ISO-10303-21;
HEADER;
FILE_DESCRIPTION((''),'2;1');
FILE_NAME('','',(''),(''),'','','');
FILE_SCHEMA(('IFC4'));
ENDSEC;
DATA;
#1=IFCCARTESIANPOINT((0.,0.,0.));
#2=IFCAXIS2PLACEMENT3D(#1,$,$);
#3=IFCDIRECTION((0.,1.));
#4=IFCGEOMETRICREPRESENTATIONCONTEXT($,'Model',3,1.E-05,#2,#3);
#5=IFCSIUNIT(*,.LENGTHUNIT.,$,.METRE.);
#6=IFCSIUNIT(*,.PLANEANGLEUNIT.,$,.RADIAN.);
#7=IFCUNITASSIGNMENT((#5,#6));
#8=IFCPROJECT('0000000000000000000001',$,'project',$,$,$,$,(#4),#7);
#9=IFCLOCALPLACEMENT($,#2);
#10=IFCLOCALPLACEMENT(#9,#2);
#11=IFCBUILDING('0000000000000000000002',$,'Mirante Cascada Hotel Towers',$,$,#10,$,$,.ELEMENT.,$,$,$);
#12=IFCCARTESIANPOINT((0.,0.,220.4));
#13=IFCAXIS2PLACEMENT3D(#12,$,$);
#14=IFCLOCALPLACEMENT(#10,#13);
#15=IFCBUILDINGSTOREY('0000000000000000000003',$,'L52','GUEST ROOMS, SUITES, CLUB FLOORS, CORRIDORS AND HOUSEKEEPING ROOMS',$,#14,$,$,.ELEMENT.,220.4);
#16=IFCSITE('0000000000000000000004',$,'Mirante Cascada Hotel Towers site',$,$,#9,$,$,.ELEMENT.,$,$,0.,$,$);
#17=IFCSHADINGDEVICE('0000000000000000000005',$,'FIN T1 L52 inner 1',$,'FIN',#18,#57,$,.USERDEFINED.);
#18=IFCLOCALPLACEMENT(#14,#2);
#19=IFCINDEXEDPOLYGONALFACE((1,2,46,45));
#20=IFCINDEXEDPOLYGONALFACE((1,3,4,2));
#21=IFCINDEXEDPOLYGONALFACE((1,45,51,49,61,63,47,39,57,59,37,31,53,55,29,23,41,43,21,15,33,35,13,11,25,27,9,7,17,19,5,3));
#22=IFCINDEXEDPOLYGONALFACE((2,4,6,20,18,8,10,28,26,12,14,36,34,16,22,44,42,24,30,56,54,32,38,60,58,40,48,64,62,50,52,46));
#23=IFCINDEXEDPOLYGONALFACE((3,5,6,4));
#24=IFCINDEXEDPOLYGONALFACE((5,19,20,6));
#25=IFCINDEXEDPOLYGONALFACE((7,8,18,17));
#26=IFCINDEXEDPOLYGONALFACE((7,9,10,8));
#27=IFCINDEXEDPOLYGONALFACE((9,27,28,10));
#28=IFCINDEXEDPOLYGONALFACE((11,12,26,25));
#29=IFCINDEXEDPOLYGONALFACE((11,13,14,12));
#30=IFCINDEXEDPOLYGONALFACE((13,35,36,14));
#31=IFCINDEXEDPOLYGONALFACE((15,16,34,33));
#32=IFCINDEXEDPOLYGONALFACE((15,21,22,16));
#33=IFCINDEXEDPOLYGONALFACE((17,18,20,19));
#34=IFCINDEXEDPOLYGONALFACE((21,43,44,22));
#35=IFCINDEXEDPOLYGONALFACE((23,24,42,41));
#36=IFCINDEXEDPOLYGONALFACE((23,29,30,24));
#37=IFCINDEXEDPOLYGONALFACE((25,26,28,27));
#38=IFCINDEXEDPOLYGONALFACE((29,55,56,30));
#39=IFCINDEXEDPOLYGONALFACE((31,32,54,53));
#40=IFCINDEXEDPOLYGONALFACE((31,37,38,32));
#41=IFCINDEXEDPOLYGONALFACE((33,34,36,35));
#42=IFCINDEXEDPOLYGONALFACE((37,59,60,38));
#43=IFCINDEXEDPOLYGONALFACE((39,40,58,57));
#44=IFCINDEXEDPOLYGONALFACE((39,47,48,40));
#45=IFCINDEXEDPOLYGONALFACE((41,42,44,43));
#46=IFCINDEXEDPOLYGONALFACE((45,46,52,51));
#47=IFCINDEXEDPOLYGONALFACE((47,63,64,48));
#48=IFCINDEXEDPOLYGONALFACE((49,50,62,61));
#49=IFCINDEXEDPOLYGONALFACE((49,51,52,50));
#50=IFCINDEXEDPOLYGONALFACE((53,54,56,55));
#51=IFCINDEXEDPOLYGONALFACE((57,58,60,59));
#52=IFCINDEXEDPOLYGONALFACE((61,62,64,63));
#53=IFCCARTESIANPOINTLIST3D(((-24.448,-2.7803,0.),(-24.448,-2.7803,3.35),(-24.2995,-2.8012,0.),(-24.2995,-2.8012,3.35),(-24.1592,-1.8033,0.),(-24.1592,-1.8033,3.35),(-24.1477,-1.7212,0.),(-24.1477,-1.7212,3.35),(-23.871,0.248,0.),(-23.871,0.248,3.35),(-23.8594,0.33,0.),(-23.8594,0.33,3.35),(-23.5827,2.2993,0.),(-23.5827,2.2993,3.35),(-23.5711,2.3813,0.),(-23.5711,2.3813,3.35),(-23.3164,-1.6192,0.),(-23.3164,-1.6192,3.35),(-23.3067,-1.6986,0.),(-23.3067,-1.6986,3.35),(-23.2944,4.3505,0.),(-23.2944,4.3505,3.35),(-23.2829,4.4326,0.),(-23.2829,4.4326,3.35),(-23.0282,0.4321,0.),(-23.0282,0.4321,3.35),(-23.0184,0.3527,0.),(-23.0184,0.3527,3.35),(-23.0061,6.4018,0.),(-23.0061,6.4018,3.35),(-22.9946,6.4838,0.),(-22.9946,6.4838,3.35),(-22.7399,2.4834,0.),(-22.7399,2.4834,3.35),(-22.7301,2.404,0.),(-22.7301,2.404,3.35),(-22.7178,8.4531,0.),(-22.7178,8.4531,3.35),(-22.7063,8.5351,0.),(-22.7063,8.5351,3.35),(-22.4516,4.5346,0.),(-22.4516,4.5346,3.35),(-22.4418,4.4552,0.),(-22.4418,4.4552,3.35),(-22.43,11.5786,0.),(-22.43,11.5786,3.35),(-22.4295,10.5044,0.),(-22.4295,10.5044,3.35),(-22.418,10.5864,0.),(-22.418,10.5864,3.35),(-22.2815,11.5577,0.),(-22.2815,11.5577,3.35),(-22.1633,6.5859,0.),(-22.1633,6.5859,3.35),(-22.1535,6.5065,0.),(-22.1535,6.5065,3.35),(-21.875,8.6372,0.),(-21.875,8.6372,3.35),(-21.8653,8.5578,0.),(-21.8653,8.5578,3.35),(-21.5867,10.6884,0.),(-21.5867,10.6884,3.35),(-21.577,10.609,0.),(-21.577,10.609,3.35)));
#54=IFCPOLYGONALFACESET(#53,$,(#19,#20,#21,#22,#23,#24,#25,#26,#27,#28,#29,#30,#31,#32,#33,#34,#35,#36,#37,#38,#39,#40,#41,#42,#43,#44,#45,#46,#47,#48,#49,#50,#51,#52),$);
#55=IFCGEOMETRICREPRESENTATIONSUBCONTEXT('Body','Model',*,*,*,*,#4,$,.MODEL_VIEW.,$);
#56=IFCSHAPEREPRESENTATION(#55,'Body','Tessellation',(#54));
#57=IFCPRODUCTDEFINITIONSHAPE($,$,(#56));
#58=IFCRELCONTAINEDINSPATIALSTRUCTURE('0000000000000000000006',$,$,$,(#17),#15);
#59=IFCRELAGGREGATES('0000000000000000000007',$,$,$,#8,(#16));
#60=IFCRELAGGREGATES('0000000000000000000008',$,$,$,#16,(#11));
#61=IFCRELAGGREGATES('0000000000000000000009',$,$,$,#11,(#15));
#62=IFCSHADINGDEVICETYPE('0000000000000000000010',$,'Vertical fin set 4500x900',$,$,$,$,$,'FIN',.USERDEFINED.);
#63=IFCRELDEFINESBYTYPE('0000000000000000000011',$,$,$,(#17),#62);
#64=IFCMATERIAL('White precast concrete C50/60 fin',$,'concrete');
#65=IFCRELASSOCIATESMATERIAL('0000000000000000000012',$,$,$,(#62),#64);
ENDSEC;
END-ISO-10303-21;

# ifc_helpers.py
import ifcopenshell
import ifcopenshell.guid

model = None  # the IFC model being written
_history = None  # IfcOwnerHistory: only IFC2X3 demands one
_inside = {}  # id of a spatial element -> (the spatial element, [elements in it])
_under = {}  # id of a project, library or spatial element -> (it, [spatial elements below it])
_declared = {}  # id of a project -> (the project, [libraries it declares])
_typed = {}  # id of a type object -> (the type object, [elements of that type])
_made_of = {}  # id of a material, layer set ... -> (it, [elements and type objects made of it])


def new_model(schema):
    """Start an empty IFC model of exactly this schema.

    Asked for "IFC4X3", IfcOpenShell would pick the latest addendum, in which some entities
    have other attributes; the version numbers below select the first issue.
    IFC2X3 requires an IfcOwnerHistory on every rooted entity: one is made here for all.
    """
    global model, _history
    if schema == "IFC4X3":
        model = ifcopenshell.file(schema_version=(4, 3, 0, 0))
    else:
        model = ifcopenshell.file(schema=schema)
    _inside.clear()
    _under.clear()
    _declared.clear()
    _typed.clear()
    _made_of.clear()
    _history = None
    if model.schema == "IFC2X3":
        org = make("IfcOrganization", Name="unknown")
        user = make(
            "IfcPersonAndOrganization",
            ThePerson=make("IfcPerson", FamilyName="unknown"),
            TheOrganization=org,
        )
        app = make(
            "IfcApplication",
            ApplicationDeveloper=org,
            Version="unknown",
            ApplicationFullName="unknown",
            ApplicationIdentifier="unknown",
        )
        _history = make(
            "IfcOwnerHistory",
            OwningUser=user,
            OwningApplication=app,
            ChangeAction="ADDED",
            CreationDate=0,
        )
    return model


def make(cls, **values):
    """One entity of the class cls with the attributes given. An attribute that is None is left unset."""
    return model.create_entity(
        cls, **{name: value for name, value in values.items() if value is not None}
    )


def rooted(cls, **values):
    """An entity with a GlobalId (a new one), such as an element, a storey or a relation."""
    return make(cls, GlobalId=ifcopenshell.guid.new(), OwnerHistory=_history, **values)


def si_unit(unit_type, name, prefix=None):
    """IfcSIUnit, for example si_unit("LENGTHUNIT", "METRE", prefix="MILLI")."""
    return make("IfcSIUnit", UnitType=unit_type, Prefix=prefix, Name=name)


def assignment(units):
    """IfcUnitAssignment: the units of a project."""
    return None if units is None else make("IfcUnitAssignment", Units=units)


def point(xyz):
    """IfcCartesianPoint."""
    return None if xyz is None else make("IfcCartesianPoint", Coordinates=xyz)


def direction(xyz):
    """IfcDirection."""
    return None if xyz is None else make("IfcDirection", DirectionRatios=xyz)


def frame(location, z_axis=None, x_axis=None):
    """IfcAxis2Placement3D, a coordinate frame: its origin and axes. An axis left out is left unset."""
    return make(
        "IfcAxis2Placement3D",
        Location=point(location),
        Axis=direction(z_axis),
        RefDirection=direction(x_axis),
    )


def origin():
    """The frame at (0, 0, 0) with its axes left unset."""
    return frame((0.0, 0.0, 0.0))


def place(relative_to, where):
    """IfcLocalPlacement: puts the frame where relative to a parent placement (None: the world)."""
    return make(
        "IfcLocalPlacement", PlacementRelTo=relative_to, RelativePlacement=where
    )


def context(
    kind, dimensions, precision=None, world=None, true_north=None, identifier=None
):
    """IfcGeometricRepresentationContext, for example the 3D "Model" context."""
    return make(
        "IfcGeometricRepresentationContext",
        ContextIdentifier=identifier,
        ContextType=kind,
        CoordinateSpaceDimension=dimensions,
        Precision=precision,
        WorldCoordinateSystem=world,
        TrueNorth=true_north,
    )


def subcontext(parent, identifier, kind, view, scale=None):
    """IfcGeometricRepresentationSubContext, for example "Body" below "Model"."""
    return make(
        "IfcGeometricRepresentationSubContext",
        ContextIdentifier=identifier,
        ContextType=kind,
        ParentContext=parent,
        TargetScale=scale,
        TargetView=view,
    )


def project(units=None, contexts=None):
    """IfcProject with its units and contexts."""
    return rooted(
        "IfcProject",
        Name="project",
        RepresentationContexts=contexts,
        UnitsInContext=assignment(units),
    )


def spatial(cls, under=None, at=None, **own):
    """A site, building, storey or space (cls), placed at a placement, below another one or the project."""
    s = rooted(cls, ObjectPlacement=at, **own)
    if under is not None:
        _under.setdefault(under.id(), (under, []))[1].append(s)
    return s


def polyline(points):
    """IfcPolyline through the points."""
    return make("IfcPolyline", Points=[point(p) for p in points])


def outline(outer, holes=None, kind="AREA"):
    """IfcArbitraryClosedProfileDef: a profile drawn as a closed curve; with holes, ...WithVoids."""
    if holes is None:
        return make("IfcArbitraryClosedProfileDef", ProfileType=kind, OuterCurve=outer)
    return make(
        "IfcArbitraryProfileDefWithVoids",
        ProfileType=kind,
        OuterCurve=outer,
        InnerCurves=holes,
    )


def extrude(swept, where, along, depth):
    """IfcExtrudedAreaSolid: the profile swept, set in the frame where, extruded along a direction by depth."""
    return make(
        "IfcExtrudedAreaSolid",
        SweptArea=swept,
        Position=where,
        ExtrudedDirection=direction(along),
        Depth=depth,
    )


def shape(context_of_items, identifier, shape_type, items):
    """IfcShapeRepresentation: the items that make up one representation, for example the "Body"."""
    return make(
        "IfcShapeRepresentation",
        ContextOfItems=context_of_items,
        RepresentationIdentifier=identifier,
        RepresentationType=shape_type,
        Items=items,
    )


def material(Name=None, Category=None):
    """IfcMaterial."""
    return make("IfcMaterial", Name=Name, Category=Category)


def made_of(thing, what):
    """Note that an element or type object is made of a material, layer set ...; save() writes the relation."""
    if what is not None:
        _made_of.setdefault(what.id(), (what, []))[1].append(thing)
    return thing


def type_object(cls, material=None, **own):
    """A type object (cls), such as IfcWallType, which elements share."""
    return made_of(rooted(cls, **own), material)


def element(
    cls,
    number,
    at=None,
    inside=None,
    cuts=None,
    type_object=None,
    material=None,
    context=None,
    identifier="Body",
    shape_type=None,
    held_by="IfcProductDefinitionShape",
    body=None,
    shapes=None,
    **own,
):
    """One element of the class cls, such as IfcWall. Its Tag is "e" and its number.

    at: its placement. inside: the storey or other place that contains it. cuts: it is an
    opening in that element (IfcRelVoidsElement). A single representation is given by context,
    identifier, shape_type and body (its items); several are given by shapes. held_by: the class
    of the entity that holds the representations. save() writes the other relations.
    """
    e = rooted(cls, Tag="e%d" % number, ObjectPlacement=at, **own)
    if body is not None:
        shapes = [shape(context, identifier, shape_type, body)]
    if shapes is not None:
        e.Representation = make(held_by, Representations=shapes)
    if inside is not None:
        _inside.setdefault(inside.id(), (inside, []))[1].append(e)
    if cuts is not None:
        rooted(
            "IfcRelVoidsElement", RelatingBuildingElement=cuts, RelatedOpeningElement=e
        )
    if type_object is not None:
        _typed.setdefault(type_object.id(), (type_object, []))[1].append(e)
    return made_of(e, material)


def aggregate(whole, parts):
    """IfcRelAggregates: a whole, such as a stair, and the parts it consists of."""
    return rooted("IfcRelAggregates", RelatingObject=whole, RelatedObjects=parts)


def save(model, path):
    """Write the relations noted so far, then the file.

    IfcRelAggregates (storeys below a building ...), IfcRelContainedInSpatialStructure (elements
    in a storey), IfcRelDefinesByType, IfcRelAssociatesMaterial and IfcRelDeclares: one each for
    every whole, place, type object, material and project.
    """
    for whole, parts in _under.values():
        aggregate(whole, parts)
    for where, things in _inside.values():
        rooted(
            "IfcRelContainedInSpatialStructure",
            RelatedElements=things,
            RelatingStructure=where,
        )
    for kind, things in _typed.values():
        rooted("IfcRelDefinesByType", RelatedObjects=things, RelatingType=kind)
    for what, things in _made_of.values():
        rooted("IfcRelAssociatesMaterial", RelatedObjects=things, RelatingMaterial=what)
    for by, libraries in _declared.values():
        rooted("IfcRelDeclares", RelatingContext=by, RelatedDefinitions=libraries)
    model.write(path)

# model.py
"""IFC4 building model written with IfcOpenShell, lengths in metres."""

from ifc_helpers import new_model, si_unit, direction, frame, origin, place, context, subcontext, project, spatial, polyline, outline, extrude, material, type_object, element, save


model = new_model("IFC4")

# Units and contexts
model_context = context("Model", 3, precision=1e-05, world=origin(), true_north=direction((0.0, 1.0)))
body_context = subcontext(model_context, "Body", "Model", "MODEL_VIEW")
ifc_project = project(units=[si_unit("LENGTHUNIT", "METRE"), si_unit("PLANEANGLEUNIT", "RADIAN")], contexts=[model_context])

# Site, building, storey
site_placement = place(None, origin())
site = spatial("IfcSite", under=ifc_project, at=site_placement, Name="Mirante Cascada Hotel Towers site", CompositionType="ELEMENT", RefElevation=0.0)
building_placement = place(site_placement, origin())
building = spatial("IfcBuilding", under=site, at=building_placement, Name="Mirante Cascada Hotel Towers", CompositionType="ELEMENT")
storey_placement = place(building_placement, frame((0.0, 0.0, 220.4)))
storey = spatial("IfcBuildingStorey", under=building, at=storey_placement, Name="L52", Description="GUEST ROOMS, SUITES, CLUB FLOORS, CORRIDORS AND HOUSEKEEPING ROOMS", CompositionType="ELEMENT", Elevation=220.4)

# Shading device
ifc_material_1 = material(Name="White precast concrete C50/60 fin", Category="concrete")
shading_device_type = type_object("IfcShadingDeviceType", Name="Vertical fin set 4500x900", ElementType="FIN", PredefinedType="USERDEFINED", material=ifc_material_1)
shading_device_1_placement = place(storey_placement, origin())
element("IfcShadingDevice", 1, at=shading_device_1_placement, inside=storey, type_object=shading_device_type, Name="FIN T1 L52 inner 1", ObjectType="FIN", PredefinedType="USERDEFINED", context=body_context, shape_type="SweptSolid", body=[
    extrude(outline(polyline([(-24.1592, -1.8033), (-24.2995, -2.8012), (-24.448, -2.7803), (-22.43, 11.5786), (-22.2815, 11.5577), (-22.418, 10.5864), (-21.5867, 10.6884), (-21.577, 10.609), (-22.4295, 10.5044), (-22.7063, 8.5351), (-21.875, 8.6372), (-21.8653, 8.5578), (-22.7178, 8.4531), (-22.9946, 6.4838), (-22.1633, 6.5859), (-22.1535, 6.5065), (-23.0061, 6.4018), (-23.2829, 4.4326), (-22.4516, 4.5346), (-22.4418, 4.4552), (-23.2944, 4.3505), (-23.5711, 2.3813), (-22.7399, 2.4834), (-22.7301, 2.404), (-23.5827, 2.2993), (-23.8594, 0.33), (-23.0282, 0.4321), (-23.0184, 0.3527), (-23.871, 0.248), (-24.1477, -1.7212), (-23.3164, -1.6192), (-23.3067, -1.6986), (-24.1592, -1.8033)])), origin(), (0.0, 0.0, 1.0), 3.35),
])

save(model, "model.ifc")
